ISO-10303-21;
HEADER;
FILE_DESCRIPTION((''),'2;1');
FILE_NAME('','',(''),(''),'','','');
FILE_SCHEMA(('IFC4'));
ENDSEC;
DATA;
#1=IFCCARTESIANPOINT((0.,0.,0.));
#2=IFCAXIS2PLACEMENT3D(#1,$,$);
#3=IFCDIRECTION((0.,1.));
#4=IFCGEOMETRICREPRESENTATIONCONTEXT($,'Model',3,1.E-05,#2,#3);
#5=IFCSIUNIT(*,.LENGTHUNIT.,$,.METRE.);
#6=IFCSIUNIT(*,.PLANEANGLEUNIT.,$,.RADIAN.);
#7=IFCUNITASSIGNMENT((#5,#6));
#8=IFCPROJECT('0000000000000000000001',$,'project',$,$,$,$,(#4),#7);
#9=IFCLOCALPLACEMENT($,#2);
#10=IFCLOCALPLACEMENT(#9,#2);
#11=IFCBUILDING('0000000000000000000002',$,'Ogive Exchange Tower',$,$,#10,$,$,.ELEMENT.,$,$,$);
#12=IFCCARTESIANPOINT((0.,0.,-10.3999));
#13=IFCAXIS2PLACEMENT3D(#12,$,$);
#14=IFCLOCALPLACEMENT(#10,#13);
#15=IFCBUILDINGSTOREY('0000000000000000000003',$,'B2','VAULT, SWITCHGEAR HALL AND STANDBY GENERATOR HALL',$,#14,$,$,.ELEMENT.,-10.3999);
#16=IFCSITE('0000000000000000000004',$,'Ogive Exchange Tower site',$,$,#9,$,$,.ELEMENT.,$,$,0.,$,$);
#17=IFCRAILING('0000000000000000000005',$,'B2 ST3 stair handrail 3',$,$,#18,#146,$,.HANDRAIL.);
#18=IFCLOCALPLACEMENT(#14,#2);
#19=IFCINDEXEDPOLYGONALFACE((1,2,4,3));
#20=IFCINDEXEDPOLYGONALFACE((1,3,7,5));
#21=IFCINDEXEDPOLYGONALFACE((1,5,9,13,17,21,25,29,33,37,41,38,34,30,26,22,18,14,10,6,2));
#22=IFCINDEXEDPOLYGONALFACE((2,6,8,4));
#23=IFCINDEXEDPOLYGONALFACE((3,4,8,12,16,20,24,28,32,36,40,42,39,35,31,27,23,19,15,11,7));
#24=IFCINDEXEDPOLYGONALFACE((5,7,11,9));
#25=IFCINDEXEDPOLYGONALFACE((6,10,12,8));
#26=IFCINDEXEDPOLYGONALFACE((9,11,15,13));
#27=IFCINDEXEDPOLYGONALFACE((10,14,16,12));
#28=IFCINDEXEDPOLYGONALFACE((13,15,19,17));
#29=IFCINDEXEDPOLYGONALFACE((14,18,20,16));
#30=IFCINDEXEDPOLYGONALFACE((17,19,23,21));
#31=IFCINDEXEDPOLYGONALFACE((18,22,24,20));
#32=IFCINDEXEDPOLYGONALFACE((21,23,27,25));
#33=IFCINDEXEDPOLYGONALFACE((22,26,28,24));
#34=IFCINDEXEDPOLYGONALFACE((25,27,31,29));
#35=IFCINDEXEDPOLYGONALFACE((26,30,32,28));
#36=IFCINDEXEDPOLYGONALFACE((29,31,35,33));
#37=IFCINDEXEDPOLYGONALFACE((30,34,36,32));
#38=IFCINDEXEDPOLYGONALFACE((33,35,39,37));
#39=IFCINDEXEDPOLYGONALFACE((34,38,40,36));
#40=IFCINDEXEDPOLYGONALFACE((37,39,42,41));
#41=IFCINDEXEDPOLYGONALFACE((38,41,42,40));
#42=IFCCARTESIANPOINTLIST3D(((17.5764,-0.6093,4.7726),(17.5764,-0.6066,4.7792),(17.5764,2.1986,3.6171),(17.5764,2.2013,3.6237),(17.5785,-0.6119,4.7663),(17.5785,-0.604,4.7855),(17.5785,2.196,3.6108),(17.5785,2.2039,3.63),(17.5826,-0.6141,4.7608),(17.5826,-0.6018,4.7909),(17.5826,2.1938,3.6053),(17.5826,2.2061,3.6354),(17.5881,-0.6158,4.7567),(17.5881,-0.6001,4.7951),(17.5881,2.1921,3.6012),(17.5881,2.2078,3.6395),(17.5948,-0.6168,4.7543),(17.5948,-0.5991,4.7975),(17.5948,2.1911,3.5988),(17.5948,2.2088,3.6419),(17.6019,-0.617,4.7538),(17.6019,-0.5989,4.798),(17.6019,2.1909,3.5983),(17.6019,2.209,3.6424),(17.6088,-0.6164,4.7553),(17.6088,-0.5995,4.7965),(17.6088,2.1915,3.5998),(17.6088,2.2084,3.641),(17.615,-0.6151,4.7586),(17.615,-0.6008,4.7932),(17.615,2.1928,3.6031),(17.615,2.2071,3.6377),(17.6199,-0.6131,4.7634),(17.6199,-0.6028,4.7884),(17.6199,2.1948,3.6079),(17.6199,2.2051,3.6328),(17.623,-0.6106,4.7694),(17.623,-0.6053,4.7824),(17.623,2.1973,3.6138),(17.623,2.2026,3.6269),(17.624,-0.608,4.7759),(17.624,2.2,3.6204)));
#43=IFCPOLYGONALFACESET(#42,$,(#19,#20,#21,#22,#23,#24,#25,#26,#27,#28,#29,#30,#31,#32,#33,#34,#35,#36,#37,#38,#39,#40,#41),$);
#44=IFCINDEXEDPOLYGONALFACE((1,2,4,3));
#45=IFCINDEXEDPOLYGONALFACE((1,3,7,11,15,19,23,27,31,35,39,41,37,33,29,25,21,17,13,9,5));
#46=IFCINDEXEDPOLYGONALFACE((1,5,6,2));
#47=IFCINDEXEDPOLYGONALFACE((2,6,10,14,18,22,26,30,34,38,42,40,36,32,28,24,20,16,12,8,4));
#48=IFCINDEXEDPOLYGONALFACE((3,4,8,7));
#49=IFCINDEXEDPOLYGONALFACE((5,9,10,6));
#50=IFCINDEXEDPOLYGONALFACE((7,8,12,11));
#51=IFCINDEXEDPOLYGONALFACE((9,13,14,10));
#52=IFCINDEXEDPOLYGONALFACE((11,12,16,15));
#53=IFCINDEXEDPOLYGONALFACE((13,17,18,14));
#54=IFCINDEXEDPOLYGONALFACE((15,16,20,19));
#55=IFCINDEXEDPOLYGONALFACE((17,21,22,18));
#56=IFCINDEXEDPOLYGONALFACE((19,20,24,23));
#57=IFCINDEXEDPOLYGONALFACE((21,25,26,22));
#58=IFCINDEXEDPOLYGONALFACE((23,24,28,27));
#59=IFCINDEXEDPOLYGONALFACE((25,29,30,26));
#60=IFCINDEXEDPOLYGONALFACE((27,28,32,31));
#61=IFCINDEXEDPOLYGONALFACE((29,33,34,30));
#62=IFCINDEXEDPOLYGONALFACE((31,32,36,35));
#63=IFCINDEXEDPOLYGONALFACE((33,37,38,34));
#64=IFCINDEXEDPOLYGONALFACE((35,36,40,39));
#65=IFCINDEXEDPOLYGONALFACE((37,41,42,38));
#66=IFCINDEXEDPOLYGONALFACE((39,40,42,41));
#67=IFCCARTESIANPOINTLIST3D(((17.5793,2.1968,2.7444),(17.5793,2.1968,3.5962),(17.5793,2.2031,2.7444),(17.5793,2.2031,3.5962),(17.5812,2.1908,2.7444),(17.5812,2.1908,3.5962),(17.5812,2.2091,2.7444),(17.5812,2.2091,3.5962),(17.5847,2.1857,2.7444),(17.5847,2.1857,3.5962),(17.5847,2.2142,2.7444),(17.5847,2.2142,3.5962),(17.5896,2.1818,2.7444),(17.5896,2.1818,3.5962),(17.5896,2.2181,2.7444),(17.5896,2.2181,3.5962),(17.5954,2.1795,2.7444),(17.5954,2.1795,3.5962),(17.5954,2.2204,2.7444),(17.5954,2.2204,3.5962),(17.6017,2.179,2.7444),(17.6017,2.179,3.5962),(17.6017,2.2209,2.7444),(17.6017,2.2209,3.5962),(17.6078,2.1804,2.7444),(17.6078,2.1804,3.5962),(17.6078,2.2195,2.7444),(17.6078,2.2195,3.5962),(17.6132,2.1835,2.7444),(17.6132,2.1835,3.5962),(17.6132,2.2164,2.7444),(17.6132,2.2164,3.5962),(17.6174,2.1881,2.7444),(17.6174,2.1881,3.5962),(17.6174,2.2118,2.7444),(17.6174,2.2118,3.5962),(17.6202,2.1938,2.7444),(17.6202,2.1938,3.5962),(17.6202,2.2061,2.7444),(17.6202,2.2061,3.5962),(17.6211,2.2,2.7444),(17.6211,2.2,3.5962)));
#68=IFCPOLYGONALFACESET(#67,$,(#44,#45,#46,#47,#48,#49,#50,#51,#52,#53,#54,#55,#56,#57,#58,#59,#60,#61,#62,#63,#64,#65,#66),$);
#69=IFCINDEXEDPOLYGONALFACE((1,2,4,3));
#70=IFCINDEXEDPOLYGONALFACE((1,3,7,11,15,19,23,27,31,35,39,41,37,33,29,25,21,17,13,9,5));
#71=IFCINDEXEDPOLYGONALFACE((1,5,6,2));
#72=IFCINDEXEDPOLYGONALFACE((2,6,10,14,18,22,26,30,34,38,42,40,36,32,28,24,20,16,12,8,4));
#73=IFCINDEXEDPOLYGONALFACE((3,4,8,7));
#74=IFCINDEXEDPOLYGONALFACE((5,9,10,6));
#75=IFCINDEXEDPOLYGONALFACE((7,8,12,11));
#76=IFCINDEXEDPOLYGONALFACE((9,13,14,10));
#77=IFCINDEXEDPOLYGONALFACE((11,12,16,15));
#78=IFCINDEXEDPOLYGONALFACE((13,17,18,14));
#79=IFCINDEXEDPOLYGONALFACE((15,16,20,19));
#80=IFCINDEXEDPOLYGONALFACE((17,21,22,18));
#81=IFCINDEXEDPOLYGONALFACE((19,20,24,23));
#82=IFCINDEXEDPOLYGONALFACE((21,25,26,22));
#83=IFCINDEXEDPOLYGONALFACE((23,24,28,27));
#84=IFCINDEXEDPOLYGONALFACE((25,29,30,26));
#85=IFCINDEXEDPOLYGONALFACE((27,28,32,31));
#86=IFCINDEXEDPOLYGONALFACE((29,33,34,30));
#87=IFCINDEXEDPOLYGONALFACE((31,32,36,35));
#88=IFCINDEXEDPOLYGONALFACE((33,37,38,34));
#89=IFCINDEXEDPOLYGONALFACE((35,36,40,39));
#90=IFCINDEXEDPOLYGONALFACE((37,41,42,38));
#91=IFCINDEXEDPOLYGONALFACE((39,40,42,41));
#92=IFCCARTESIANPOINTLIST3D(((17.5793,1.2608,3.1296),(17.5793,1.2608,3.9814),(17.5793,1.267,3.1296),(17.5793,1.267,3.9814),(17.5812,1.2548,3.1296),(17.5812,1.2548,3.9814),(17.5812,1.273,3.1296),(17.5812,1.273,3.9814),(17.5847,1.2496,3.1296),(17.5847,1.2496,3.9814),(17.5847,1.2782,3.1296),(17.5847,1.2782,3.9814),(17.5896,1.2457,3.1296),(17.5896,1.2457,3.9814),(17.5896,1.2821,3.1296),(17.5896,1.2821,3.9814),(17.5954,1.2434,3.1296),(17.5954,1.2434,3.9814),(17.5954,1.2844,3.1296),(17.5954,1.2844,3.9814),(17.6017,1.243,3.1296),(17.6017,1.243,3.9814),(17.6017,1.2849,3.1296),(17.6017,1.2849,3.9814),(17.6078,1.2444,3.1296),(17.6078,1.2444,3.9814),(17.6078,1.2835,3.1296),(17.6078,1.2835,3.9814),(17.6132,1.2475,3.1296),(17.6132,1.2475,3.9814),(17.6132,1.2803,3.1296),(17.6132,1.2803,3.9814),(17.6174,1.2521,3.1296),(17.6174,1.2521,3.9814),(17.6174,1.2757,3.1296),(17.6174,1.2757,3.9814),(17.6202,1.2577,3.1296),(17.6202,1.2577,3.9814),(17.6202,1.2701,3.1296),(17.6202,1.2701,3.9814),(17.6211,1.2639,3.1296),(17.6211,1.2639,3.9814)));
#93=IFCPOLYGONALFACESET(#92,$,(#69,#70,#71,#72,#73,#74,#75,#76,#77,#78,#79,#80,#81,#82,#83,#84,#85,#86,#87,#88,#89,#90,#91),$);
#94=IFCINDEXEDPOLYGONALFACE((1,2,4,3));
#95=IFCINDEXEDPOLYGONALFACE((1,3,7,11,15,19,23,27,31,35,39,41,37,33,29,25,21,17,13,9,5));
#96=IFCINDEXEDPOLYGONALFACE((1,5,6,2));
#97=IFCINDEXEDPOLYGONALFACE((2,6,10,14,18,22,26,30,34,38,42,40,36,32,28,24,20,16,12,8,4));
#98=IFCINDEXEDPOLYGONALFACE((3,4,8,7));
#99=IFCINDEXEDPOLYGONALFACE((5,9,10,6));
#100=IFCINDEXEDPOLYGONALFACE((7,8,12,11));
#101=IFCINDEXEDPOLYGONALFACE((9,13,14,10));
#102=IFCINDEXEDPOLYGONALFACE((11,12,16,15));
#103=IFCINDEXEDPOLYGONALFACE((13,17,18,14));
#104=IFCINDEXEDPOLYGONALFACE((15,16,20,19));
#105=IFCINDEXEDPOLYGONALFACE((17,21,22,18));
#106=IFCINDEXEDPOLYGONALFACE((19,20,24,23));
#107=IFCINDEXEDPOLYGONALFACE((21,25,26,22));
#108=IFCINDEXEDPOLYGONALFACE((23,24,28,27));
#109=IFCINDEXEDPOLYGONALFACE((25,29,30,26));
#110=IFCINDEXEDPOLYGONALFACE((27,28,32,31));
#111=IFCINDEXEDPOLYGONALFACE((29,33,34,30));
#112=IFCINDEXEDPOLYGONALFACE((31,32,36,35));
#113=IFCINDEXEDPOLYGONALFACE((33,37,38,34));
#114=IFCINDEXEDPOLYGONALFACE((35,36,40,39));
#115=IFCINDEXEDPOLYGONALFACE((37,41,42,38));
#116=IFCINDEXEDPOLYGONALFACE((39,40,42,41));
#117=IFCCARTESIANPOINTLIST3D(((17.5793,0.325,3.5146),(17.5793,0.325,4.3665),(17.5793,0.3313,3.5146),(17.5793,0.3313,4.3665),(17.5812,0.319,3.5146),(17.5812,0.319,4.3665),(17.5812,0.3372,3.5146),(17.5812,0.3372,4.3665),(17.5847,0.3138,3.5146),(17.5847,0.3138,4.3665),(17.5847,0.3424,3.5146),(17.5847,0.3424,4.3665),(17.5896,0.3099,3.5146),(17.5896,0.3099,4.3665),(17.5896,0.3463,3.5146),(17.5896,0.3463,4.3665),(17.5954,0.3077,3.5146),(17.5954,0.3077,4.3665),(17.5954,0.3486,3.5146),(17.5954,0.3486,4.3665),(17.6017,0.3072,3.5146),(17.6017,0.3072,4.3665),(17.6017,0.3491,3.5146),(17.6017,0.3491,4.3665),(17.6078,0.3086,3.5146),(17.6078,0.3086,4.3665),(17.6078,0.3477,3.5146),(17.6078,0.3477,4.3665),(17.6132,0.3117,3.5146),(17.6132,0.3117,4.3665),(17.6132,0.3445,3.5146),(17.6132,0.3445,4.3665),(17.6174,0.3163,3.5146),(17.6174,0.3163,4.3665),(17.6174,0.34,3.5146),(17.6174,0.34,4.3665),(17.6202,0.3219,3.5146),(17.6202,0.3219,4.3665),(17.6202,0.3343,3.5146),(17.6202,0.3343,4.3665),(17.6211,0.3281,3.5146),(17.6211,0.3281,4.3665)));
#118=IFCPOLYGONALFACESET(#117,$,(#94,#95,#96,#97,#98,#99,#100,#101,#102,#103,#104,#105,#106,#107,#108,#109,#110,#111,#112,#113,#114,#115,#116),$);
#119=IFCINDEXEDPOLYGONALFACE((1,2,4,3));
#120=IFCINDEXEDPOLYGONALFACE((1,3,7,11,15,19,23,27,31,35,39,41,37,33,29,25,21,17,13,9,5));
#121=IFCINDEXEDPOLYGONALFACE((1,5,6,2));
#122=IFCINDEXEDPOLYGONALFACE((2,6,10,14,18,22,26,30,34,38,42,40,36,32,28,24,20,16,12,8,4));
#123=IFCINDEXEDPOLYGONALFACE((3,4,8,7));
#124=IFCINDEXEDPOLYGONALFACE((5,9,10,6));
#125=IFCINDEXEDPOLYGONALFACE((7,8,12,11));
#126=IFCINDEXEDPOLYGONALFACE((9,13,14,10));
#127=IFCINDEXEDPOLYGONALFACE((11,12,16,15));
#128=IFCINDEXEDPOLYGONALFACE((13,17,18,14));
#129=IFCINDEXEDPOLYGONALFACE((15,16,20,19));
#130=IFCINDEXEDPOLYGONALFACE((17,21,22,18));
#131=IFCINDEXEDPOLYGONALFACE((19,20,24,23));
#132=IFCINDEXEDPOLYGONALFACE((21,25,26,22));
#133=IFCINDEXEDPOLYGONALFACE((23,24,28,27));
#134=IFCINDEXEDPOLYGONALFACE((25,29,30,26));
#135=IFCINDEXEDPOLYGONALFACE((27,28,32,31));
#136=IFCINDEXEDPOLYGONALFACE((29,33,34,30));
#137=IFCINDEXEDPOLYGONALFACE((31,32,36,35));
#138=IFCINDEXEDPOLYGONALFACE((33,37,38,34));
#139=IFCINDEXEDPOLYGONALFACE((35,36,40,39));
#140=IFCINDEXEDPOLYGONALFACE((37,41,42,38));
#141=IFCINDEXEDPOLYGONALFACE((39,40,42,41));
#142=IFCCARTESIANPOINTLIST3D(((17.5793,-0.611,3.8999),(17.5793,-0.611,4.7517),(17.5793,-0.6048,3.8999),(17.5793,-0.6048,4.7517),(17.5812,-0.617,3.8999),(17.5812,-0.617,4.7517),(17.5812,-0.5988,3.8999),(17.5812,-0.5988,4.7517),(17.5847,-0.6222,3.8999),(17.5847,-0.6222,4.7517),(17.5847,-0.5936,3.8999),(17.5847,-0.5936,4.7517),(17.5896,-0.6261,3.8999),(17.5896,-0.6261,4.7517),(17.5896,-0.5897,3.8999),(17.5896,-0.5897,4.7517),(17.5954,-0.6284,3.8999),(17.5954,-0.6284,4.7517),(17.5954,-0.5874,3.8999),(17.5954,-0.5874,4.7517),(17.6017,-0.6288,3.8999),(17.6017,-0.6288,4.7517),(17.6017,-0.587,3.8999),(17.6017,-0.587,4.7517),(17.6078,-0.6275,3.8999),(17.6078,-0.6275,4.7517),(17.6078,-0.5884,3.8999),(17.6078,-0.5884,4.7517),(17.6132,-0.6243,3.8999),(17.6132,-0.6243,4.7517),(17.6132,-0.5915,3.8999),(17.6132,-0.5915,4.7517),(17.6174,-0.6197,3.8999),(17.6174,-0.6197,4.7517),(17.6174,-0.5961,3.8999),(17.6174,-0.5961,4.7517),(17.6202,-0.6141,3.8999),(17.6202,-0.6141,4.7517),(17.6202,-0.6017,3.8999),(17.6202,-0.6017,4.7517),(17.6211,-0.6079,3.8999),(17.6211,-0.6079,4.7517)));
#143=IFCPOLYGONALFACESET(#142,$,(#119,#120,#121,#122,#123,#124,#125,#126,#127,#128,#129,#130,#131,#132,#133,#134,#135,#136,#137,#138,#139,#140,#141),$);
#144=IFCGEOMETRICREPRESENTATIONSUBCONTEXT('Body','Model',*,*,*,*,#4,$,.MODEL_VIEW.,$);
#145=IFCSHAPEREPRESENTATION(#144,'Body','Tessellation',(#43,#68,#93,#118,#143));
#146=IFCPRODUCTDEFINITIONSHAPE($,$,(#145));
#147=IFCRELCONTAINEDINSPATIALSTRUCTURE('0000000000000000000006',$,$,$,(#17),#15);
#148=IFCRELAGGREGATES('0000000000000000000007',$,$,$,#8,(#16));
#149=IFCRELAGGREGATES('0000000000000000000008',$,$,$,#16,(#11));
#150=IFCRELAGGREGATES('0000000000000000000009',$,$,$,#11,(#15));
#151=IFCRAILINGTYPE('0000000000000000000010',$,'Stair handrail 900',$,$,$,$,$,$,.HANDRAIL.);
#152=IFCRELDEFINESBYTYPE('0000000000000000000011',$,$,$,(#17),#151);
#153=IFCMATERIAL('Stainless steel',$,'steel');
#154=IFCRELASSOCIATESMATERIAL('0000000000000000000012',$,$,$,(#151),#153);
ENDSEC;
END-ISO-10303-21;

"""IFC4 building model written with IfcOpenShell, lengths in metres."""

from ifc_helpers import new_model, si_unit, direction, frame, origin, origin_2d, place, context, subcontext, project, spatial, circle, extrude, material, type_object, element, save


model = new_model("IFC4")

# Units and contexts
model_context = context("Model", 3, precision=1e-05, world=origin(), true_north=direction((0.0, 1.0)))
body_context = subcontext(model_context, "Body", "Model", "MODEL_VIEW")
ifc_project = project(units=[si_unit("LENGTHUNIT", "METRE"), si_unit("PLANEANGLEUNIT", "RADIAN")], contexts=[model_context])

# Site, building, storey
site_placement = place(None, origin())
site = spatial("IfcSite", under=ifc_project, at=site_placement, Name="Ogive Exchange Tower site", CompositionType="ELEMENT", RefElevation=0.0)
building_placement = place(site_placement, origin())
building = spatial("IfcBuilding", under=site, at=building_placement, Name="Ogive Exchange Tower", CompositionType="ELEMENT")
storey_placement = place(building_placement, frame((0.0, 0.0, -10.3999)))
storey = spatial("IfcBuildingStorey", under=building, at=storey_placement, Name="B2", Description="VAULT, SWITCHGEAR HALL AND STANDBY GENERATOR HALL", CompositionType="ELEMENT", Elevation=-10.3999)

# Railing
ifc_material_1 = material(Name="Stainless steel", Category="steel")
railing_type = type_object("IfcRailingType", Name="Stair handrail 900", PredefinedType="HANDRAIL", material=ifc_material_1)
for number, where, name in (
    (1, (17.6001, 2.2, 2.7444), "B2 ST3 stair handrail 3"),
):
    element("IfcRailing", number, at=place(storey_placement, frame(where)), inside=storey, type_object=railing_type, Name=name, PredefinedType="HANDRAIL", context=body_context, shape_type="SweptSolid", body=[
        extrude(circle(Radius=0.0239, at=origin_2d()), frame((0.0, 0.0, 0.876), z_axis=(0.0, -0.924755, 0.380564), x_axis=(1.0, 0.0, 0.0)), (0.0, 0.0, 1.0), 3.0364),
        extrude(circle(Radius=0.021, at=origin_2d()), origin(), (0.0, 0.0, 1.0), 0.8518),
        extrude(circle(Radius=0.021, at=origin_2d()), frame((0.0, -0.936, 0.3853)), (0.0, 0.0, 1.0), 0.8518),
        extrude(circle(Radius=0.021, at=origin_2d()), frame((0.0, -1.8718, 0.7703)), (0.0, 0.0, 1.0), 0.8518),
        extrude(circle(Radius=0.021, at=origin_2d()), frame((0.0, -2.8079, 1.1555)), (0.0, 0.0, 1.0), 0.8518),
    ])

save(model, "model.ifc")
